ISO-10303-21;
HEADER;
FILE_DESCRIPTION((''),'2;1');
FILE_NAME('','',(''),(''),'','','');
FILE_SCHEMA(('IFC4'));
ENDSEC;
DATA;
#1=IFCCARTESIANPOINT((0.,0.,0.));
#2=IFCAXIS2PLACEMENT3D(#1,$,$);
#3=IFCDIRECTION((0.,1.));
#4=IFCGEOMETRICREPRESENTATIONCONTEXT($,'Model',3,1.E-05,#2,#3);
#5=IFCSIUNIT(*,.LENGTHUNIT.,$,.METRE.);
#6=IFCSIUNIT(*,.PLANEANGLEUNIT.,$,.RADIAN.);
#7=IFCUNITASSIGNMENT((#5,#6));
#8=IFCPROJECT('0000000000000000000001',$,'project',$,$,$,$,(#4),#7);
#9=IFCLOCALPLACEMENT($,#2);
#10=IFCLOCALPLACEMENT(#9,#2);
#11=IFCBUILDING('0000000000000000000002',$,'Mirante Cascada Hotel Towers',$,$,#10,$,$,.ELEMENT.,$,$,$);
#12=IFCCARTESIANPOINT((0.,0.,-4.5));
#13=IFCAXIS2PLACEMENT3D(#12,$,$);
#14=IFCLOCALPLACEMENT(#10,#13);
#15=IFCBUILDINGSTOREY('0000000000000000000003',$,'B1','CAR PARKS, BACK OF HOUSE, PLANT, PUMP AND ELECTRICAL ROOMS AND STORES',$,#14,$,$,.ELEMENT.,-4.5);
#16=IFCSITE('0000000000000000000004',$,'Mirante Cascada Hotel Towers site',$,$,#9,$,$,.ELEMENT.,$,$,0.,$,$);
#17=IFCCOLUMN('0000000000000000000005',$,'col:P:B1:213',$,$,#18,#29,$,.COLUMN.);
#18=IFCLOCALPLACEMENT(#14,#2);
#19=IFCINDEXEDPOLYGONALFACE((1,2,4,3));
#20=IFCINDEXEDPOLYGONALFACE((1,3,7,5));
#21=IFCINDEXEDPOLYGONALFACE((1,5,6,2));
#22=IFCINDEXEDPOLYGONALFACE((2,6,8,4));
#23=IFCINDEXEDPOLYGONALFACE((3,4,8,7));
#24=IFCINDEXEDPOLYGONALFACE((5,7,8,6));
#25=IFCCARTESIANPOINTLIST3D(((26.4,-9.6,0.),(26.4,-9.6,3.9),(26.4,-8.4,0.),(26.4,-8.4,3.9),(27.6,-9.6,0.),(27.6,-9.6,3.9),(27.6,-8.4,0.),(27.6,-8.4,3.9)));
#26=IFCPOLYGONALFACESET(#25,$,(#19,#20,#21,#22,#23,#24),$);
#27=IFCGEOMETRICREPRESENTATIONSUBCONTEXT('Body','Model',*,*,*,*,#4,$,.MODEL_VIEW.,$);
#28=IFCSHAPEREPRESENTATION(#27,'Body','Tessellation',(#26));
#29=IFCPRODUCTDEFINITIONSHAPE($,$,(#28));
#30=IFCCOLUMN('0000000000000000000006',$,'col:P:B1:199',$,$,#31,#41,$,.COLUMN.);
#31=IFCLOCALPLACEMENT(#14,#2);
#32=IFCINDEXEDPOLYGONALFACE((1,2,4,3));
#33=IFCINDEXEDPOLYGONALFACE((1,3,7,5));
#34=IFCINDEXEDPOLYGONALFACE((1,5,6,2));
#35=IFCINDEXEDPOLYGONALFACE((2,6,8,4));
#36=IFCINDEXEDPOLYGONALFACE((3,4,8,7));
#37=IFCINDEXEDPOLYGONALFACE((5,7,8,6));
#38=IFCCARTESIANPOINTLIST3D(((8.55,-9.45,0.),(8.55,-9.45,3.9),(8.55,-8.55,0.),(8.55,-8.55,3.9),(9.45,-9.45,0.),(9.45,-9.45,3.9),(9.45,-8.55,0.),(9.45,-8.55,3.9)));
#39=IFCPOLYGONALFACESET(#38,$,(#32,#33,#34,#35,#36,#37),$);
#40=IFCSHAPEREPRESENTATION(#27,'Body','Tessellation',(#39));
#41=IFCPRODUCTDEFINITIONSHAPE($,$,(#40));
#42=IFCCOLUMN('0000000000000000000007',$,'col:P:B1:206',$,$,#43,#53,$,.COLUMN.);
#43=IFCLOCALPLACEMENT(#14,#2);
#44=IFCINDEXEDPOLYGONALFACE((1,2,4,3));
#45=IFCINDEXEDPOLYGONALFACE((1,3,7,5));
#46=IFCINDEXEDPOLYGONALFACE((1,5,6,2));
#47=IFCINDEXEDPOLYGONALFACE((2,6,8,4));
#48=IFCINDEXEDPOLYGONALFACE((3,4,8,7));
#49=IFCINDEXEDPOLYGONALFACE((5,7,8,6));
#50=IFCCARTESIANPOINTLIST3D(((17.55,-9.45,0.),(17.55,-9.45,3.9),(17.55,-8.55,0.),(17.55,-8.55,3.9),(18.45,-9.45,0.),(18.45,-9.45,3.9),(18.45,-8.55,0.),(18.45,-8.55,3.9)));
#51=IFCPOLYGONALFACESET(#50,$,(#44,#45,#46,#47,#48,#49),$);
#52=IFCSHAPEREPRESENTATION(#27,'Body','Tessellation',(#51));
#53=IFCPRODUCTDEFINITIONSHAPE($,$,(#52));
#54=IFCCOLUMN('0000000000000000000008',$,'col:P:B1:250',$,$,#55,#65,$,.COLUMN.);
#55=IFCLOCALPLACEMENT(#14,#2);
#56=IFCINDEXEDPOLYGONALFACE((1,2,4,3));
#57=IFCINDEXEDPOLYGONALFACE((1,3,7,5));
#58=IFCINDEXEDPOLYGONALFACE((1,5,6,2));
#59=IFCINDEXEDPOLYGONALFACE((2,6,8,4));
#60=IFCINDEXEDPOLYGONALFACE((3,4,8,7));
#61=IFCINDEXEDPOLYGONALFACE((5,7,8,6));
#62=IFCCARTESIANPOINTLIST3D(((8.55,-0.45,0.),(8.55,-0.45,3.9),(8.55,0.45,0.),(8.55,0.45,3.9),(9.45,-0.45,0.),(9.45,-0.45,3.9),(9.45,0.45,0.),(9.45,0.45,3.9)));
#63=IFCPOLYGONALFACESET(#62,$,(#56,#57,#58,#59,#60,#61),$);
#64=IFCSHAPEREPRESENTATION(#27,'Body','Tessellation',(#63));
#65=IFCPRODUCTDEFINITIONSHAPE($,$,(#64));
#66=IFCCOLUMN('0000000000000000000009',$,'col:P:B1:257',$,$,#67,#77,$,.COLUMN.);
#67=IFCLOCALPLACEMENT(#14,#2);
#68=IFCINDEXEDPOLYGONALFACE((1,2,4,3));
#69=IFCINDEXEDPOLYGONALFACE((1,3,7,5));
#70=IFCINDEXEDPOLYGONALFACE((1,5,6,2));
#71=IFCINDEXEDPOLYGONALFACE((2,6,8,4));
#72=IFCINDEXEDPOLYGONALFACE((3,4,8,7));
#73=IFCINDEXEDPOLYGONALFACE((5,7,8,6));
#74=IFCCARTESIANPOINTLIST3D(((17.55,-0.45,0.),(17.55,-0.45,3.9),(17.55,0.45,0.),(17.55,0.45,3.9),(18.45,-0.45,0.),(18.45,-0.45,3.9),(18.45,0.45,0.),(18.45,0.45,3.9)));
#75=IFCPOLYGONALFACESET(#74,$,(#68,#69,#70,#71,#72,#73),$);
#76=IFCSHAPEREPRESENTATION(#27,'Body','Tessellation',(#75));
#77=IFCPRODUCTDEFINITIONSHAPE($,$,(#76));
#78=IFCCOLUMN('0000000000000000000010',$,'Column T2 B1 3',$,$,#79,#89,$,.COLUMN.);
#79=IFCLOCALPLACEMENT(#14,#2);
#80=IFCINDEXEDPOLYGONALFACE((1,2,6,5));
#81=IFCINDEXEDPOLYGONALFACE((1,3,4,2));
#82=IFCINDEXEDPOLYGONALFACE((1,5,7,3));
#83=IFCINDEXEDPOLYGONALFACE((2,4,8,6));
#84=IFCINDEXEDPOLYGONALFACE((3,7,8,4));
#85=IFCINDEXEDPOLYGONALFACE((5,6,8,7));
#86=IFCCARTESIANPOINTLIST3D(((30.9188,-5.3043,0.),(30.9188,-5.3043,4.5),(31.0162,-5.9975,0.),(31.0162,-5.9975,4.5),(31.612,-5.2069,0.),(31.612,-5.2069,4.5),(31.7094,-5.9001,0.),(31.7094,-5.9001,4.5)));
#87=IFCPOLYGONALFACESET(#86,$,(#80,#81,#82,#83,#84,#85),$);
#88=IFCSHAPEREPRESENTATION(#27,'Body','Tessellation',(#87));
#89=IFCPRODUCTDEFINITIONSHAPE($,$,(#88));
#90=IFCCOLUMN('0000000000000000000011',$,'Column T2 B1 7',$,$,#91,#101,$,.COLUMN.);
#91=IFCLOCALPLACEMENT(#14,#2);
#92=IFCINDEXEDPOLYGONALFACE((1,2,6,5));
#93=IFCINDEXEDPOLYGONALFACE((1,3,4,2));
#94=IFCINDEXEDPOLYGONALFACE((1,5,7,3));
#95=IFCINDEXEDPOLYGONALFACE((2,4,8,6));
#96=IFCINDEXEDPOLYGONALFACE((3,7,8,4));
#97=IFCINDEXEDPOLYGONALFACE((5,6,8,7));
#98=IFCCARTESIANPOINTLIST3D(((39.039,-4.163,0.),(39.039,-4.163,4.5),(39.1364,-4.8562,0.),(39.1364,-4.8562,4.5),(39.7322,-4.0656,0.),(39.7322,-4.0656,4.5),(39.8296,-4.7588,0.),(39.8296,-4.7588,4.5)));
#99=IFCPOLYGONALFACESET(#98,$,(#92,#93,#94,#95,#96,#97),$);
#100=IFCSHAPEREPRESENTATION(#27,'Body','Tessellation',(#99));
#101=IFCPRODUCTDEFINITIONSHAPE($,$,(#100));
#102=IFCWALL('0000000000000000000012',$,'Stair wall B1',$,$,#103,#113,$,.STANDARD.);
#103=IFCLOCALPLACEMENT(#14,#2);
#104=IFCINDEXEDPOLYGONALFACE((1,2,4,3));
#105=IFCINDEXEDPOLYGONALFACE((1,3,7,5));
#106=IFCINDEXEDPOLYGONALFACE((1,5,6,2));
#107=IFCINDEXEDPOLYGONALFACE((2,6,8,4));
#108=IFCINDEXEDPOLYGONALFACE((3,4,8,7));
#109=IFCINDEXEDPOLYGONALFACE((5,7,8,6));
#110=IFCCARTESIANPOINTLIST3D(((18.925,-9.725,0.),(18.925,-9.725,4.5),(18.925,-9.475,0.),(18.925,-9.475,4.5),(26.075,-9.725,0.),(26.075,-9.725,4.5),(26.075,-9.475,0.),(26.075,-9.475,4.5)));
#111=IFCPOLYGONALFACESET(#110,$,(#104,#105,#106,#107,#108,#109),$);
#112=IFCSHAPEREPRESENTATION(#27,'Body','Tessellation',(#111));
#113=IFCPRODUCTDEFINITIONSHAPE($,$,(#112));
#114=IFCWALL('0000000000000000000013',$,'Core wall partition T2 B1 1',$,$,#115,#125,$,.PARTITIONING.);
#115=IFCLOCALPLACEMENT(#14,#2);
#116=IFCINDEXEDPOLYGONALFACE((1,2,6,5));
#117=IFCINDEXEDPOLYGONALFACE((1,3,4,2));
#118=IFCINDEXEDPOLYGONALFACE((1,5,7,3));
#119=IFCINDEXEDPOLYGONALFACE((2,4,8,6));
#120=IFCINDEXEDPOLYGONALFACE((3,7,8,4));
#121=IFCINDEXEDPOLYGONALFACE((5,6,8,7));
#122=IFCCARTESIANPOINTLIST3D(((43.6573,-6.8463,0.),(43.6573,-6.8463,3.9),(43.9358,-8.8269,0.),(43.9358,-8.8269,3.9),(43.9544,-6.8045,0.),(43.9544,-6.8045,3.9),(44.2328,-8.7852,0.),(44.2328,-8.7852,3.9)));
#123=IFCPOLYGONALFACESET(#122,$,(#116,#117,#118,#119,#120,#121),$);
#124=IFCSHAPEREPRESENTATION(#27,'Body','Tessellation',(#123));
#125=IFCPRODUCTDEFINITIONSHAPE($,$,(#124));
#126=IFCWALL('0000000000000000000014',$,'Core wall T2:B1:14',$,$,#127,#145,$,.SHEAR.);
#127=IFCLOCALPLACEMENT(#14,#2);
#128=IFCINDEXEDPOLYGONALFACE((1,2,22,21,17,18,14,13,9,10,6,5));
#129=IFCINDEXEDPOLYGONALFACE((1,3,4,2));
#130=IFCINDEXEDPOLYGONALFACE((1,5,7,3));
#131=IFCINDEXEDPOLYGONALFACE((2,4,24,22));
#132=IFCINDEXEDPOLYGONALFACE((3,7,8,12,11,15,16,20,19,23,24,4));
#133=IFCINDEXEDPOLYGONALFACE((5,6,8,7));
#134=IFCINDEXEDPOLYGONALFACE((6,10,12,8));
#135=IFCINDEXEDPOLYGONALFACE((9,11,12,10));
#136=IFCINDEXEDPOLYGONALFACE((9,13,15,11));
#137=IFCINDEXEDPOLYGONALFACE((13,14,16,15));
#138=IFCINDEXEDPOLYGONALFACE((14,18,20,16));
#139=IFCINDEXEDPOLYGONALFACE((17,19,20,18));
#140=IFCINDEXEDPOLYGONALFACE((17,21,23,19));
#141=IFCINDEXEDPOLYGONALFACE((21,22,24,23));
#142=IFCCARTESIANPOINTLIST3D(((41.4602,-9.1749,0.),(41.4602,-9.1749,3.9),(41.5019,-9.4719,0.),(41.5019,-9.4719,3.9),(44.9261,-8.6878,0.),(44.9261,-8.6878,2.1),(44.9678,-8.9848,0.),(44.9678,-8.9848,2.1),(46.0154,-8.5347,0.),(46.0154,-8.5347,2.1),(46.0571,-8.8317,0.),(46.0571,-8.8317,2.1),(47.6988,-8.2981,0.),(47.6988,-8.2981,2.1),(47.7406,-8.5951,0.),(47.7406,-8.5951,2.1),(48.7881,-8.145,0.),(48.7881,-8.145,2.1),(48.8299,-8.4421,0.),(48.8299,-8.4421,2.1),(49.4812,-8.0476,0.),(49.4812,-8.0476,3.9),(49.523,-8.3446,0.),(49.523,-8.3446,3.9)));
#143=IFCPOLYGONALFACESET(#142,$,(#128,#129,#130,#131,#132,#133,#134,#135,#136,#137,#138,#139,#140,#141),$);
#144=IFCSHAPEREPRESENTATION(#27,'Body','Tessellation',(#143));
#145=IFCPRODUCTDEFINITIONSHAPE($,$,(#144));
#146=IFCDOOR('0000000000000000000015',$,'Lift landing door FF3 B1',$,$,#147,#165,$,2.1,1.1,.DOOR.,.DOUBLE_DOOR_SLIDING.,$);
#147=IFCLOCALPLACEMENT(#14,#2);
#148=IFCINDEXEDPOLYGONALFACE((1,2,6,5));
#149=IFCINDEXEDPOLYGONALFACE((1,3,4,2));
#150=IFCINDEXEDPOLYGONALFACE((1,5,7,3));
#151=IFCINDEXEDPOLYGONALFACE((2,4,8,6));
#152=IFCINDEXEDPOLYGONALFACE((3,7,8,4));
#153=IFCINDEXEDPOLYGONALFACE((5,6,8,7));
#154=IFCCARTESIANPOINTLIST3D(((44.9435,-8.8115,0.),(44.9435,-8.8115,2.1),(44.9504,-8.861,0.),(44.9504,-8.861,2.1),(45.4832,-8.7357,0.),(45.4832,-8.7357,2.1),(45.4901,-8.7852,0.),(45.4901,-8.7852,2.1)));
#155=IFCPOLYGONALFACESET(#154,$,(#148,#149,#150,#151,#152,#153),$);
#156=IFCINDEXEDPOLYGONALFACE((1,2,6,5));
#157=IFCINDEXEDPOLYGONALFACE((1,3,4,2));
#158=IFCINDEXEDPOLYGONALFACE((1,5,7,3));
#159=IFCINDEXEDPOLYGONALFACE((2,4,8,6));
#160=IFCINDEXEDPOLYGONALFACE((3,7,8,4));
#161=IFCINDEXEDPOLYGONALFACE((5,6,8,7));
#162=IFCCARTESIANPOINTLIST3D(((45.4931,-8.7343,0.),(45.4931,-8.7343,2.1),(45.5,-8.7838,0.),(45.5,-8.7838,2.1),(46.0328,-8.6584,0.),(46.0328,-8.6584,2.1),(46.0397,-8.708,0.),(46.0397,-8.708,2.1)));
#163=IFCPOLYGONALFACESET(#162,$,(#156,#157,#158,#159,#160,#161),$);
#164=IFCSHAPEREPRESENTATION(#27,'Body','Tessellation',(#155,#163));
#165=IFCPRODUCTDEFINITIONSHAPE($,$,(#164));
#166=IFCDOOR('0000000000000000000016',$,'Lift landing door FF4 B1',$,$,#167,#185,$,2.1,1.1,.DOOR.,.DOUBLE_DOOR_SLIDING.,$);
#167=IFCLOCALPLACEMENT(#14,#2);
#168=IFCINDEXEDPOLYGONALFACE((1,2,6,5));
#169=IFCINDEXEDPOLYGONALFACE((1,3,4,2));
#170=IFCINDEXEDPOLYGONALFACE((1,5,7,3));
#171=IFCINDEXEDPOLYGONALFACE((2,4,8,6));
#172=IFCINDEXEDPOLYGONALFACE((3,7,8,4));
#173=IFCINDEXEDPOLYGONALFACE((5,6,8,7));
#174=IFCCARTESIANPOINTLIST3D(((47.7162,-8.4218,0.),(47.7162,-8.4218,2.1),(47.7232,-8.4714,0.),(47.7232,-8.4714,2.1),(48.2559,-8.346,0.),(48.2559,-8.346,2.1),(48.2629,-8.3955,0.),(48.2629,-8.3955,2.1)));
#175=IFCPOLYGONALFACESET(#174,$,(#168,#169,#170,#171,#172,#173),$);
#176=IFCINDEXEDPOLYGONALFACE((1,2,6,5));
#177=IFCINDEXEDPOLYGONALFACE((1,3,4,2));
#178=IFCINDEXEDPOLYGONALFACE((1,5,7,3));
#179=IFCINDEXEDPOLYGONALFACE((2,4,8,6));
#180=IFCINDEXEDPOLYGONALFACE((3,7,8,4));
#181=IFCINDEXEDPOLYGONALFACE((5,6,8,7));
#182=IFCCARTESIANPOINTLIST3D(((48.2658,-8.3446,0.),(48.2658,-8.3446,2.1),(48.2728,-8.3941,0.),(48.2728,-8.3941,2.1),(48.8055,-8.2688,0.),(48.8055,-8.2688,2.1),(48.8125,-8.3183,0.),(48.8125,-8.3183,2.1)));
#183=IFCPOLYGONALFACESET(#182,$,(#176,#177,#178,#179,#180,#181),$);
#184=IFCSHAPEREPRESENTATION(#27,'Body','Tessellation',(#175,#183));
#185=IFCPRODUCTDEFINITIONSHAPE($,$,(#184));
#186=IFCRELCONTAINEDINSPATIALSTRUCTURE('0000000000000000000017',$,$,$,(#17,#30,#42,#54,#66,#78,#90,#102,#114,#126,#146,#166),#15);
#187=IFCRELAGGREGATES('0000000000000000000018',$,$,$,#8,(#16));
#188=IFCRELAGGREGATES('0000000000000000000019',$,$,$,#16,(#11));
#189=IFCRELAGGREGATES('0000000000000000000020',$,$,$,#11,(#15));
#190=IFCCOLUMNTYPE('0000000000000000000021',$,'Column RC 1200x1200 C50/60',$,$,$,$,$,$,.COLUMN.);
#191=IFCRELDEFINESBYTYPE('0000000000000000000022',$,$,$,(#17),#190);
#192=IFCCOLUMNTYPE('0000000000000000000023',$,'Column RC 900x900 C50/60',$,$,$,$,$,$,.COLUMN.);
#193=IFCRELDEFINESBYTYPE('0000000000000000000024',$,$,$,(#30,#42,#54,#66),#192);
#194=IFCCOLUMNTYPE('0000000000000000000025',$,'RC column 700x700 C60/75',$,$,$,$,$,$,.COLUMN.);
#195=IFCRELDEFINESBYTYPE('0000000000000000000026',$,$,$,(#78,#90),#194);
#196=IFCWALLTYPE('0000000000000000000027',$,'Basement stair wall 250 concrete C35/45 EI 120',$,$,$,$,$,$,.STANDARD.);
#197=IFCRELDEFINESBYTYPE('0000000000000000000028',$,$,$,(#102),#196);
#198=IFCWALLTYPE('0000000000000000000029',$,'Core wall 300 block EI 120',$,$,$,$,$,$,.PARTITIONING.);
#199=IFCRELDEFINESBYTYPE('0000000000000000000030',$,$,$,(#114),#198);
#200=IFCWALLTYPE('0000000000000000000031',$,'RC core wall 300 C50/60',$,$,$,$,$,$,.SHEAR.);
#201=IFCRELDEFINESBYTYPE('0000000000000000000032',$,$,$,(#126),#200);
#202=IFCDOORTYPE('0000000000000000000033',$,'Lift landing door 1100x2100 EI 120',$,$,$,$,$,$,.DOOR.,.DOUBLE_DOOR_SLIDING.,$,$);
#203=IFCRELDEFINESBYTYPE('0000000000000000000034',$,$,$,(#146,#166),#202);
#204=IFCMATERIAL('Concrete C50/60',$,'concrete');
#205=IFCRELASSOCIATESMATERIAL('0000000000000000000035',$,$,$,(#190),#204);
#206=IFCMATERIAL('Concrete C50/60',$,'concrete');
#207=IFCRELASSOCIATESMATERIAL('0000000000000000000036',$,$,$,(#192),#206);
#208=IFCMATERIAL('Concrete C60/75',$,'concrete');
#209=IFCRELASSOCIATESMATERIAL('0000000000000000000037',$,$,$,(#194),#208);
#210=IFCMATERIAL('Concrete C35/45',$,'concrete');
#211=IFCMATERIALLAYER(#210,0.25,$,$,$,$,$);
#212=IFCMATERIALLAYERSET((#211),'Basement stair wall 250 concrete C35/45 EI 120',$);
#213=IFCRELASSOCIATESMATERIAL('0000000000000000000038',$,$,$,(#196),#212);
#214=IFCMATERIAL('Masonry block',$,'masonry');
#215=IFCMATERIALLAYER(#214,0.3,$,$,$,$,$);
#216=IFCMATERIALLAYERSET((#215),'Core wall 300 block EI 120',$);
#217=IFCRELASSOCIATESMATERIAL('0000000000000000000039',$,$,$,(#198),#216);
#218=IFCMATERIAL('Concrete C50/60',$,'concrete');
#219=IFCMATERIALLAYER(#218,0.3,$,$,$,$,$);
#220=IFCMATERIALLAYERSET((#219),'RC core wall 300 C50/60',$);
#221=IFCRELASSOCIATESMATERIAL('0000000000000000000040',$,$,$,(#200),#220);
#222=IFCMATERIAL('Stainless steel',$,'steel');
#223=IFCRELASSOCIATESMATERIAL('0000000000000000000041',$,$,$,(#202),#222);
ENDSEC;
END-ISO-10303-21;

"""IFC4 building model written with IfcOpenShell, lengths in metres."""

from ifc_helpers import new_model, si_unit, direction, frame, frame_2d, origin, origin_2d, place, context, subcontext, project, spatial, rectangle, extrude, material, layer, layer_set, material_profile, profile_set, type_object, element, fill, save


model = new_model("IFC4")

# Units and contexts
model_context = context("Model", 3, precision=1e-05, world=origin(), true_north=direction((0.0, 1.0)))
body_context = subcontext(model_context, "Body", "Model", "MODEL_VIEW")
ifc_project = project(units=[si_unit("LENGTHUNIT", "METRE"), si_unit("PLANEANGLEUNIT", "RADIAN")], contexts=[model_context])

# Site, building, storey
site_placement = place(None, origin())
site = spatial("IfcSite", under=ifc_project, at=site_placement, Name="Mirante Cascada Hotel Towers site", CompositionType="ELEMENT", RefElevation=0.0)
building_placement = place(site_placement, origin())
building = spatial("IfcBuilding", under=site, at=building_placement, Name="Mirante Cascada Hotel Towers", CompositionType="ELEMENT")
storey_placement = place(building_placement, frame((0.0, 0.0, -4.5)))
storey = spatial("IfcBuildingStorey", under=building, at=storey_placement, Name="B1", Description="CAR PARKS, BACK OF HOUSE, PLANT, PUMP AND ELECTRICAL ROOMS AND STORES", CompositionType="ELEMENT", Elevation=-4.5)

# Columns
ifc_material_1 = material(Name="Concrete C50/60", Category="concrete")
ifc_material_profile_1 = material_profile(ifc_material_1, rectangle(XDim=1.2, YDim=1.2, at=origin_2d()), Name="RC 1200x1200")
ifc_profile_set_1 = profile_set([ifc_material_profile_1], Name="Concrete C50/60")
column_type_1 = type_object("IfcColumnType", Name="Column RC 1200x1200 C50/60", PredefinedType="COLUMN", material=ifc_profile_set_1)
column_placement = place(storey_placement, frame((27.0, -9.0, 0.0), z_axis=(0.0, 0.0, 1.0), x_axis=(1.0, 0.0, 0.0)))
element("IfcColumn", 1, at=column_placement, inside=storey, type_object=column_type_1, Name="col:P:B1:213", PredefinedType="COLUMN", context=body_context, shape_type="SweptSolid", body=[
    extrude(rectangle(XDim=1.2, YDim=1.2, at=origin_2d()), origin(), (0.0, 0.0, 1.0), 3.9),
])
ifc_material_2 = material(Name="Concrete C50/60", Category="concrete")
ifc_material_profile_2 = material_profile(ifc_material_2, rectangle(XDim=0.9, YDim=0.9, at=origin_2d()), Name="RC 900x900")
ifc_profile_set_2 = profile_set([ifc_material_profile_2], Name="Concrete C50/60")
column_type_2 = type_object("IfcColumnType", Name="Column RC 900x900 C50/60", PredefinedType="COLUMN", material=ifc_profile_set_2)
for number, where, z_axis, x_axis, name in (
    (2, (9.0, -9.0, 0.0), (0.0, 0.0, 1.0), (1.0, 0.0, 0.0), "col:P:B1:199"),
    (3, (18.0, -9.0, 0.0), (0.0, 0.0, 1.0), (1.0, 0.0, 0.0), "col:P:B1:206"),
    (4, (9.0, 0.0, 0.0), (0.0, 0.0, 1.0), (1.0, 0.0, 0.0), "col:P:B1:250"),
    (5, (18.0, 0.0, 0.0), (0.0, 0.0, 1.0), (1.0, 0.0, 0.0), "col:P:B1:257"),
):
    element("IfcColumn", number, at=place(storey_placement, frame(where, z_axis=z_axis, x_axis=x_axis)), inside=storey, type_object=column_type_2, Name=name, PredefinedType="COLUMN", context=body_context, shape_type="SweptSolid", body=[
        extrude(rectangle(XDim=0.9, YDim=0.9, at=origin_2d()), origin(), (0.0, 0.0, 1.0), 3.9),
    ])
ifc_material_3 = material(Name="Concrete C60/75", Category="concrete")
ifc_material_profile_3 = material_profile(ifc_material_3, rectangle(XDim=0.7, YDim=0.7, at=origin_2d()), Name="RC column 700x700 C60/75")
ifc_profile_set_3 = profile_set([ifc_material_profile_3], Name="Concrete C60/75")
column_type_3 = type_object("IfcColumnType", Name="RC column 700x700 C60/75", PredefinedType="COLUMN", material=ifc_profile_set_3)
for number, where, z_axis, x_axis, name in (
    (6, (31.3141, -5.6022, 0.0), (0.0, 0.0, 1.0), (0.990268, 0.139173, 0.0), "Column T2 B1 3"),
    (7, (39.4343, -4.4609, 0.0), (0.0, 0.0, 1.0), (0.990268, 0.139173, 0.0), "Column T2 B1 7"),
):
    element("IfcColumn", number, at=place(storey_placement, frame(where, z_axis=z_axis, x_axis=x_axis)), inside=storey, type_object=column_type_3, Name=name, PredefinedType="COLUMN", context=body_context, shape_type="SweptSolid", body=[
        extrude(rectangle(XDim=0.7, YDim=0.7, at=origin_2d()), origin(), (0.0, 0.0, 1.0), 4.5),
    ])

# Walls
ifc_material_4 = material(Name="Concrete C35/45", Category="concrete")
ifc_layer_1 = layer(ifc_material_4, 0.25)
ifc_layer_set_1 = layer_set([ifc_layer_1], Name="Basement stair wall 250 concrete C35/45 EI 120")
wall_type_1 = type_object("IfcWallType", Name="Basement stair wall 250 concrete C35/45 EI 120", PredefinedType="STANDARD", material=ifc_layer_set_1)
wall_1_placement = place(storey_placement, frame((18.925, -9.6, 0.0), z_axis=(0.0, 0.0, 1.0), x_axis=(1.0, 0.0, 0.0)))
element("IfcWall", 8, at=wall_1_placement, inside=storey, type_object=wall_type_1, Name="Stair wall B1", PredefinedType="STANDARD", context=body_context, shape_type="SweptSolid", body=[
    extrude(rectangle(XDim=7.15, YDim=0.25, at=frame_2d((3.575, 0.0))), origin(), (0.0, 0.0, 1.0), 4.5),
])
ifc_material_5 = material(Name="Masonry block", Category="masonry")
ifc_layer_2 = layer(ifc_material_5, 0.3)
ifc_layer_set_2 = layer_set([ifc_layer_2], Name="Core wall 300 block EI 120")
wall_type_2 = type_object("IfcWallType", Name="Core wall 300 block EI 120", PredefinedType="PARTITIONING", material=ifc_layer_set_2)
wall_2_placement = place(storey_placement, frame((44.0843, -8.8061, 0.0), z_axis=(0.0, 0.0, 1.0), x_axis=(-0.139195, 0.990265, 0.0)))
element("IfcWall", 9, at=wall_2_placement, inside=storey, type_object=wall_type_2, Name="Core wall partition T2 B1 1", PredefinedType="PARTITIONING", context=body_context, shape_type="SweptSolid", body=[
    extrude(rectangle(XDim=2.0001, YDim=0.3, at=frame_2d((1.0001, 0.0))), origin(), (0.0, 0.0, 1.0), 3.9),
])

# Wall, openings, doors
ifc_material_6 = material(Name="Concrete C50/60", Category="concrete")
ifc_layer_3 = layer(ifc_material_6, 0.3)
ifc_layer_set_3 = layer_set([ifc_layer_3], Name="RC core wall 300 C50/60")
wall_type_3 = type_object("IfcWallType", Name="RC core wall 300 C50/60", PredefinedType="SHEAR", material=ifc_layer_set_3)
wall_3_placement = place(storey_placement, frame((41.481, -9.3234, 0.0), z_axis=(0.0, 0.0, 1.0), x_axis=(0.990268, 0.139174, 0.0)))
wall_3 = element("IfcWall", 10, at=wall_3_placement, inside=storey, type_object=wall_type_3, Name="Core wall T2:B1:14", PredefinedType="SHEAR", context=body_context, shape_type="SweptSolid", body=[
    extrude(rectangle(XDim=8.0999, YDim=0.3, at=frame_2d((4.05, 0.0))), origin(), (0.0, 0.0, 1.0), 3.9),
])
opening_1_placement = place(wall_3_placement, frame((3.5, 0.0, 0.0)))
opening_1 = element("IfcOpeningElement", 11, at=opening_1_placement, cuts=wall_3, PredefinedType="OPENING", context=body_context, shape_type="SweptSolid", body=[
    extrude(rectangle(XDim=1.1, YDim=2.1, at=frame_2d((0.55, 1.05))), frame((0.0, 0.15, 0.0), z_axis=(0.0, -1.0, 0.0), x_axis=(1.0, 0.0, 0.0)), (0.0, 0.0, 1.0), 0.3),
])
opening_2_placement = place(wall_3_placement, frame((6.3, 0.0, 0.0)))
opening_2 = element("IfcOpeningElement", 12, at=opening_2_placement, cuts=wall_3, PredefinedType="OPENING", context=body_context, shape_type="SweptSolid", body=[
    extrude(rectangle(XDim=1.1, YDim=2.1, at=frame_2d((0.55, 1.05))), frame((0.0, 0.15, 0.0), z_axis=(0.0, -1.0, 0.0), x_axis=(1.0, 0.0, 0.0)), (0.0, 0.0, 1.0), 0.3),
])
ifc_material_7 = material(Name="Stainless steel", Category="steel")
door_type_1 = type_object("IfcDoorType", Name="Lift landing door 1100x2100 EI 120", OperationType="DOUBLE_DOOR_SLIDING", PredefinedType="DOOR", material=ifc_material_7)
door_1_placement = place(opening_1_placement, origin())
door_1 = element("IfcDoor", 13, at=door_1_placement, inside=storey, type_object=door_type_1, Name="Lift landing door FF3 B1", OperationType="DOUBLE_DOOR_SLIDING", OverallHeight=2.1, OverallWidth=1.1, PredefinedType="DOOR", context=body_context, shape_type="SweptSolid", body=[
    extrude(rectangle(XDim=0.545, YDim=2.1, at=frame_2d((0.2725, 1.05))), frame((0.0, 0.025, 0.0), z_axis=(0.0, -1.0, 0.0), x_axis=(1.0, 0.0, 0.0)), (0.0, 0.0, 1.0), 0.05),
    extrude(rectangle(XDim=0.545, YDim=2.1, at=frame_2d((0.8275, 1.05))), frame((0.0, 0.025, 0.0), z_axis=(0.0, -1.0, 0.0), x_axis=(1.0, 0.0, 0.0)), (0.0, 0.0, 1.0), 0.05),
])
fill(opening_1, door_1)
door_2_placement = place(opening_2_placement, origin())
door_2 = element("IfcDoor", 14, at=door_2_placement, inside=storey, type_object=door_type_1, Name="Lift landing door FF4 B1", OperationType="DOUBLE_DOOR_SLIDING", OverallHeight=2.1, OverallWidth=1.1, PredefinedType="DOOR", context=body_context, shape_type="SweptSolid", body=[
    extrude(rectangle(XDim=0.545, YDim=2.1, at=frame_2d((0.2725, 1.05))), frame((0.0, 0.025, 0.0), z_axis=(0.0, -1.0, 0.0), x_axis=(1.0, 0.0, 0.0)), (0.0, 0.0, 1.0), 0.05),
    extrude(rectangle(XDim=0.545, YDim=2.1, at=frame_2d((0.8275, 1.05))), frame((0.0, 0.025, 0.0), z_axis=(0.0, -1.0, 0.0), x_axis=(1.0, 0.0, 0.0)), (0.0, 0.0, 1.0), 0.05),
])
fill(opening_2, door_2)

save(model, "model.ifc")
